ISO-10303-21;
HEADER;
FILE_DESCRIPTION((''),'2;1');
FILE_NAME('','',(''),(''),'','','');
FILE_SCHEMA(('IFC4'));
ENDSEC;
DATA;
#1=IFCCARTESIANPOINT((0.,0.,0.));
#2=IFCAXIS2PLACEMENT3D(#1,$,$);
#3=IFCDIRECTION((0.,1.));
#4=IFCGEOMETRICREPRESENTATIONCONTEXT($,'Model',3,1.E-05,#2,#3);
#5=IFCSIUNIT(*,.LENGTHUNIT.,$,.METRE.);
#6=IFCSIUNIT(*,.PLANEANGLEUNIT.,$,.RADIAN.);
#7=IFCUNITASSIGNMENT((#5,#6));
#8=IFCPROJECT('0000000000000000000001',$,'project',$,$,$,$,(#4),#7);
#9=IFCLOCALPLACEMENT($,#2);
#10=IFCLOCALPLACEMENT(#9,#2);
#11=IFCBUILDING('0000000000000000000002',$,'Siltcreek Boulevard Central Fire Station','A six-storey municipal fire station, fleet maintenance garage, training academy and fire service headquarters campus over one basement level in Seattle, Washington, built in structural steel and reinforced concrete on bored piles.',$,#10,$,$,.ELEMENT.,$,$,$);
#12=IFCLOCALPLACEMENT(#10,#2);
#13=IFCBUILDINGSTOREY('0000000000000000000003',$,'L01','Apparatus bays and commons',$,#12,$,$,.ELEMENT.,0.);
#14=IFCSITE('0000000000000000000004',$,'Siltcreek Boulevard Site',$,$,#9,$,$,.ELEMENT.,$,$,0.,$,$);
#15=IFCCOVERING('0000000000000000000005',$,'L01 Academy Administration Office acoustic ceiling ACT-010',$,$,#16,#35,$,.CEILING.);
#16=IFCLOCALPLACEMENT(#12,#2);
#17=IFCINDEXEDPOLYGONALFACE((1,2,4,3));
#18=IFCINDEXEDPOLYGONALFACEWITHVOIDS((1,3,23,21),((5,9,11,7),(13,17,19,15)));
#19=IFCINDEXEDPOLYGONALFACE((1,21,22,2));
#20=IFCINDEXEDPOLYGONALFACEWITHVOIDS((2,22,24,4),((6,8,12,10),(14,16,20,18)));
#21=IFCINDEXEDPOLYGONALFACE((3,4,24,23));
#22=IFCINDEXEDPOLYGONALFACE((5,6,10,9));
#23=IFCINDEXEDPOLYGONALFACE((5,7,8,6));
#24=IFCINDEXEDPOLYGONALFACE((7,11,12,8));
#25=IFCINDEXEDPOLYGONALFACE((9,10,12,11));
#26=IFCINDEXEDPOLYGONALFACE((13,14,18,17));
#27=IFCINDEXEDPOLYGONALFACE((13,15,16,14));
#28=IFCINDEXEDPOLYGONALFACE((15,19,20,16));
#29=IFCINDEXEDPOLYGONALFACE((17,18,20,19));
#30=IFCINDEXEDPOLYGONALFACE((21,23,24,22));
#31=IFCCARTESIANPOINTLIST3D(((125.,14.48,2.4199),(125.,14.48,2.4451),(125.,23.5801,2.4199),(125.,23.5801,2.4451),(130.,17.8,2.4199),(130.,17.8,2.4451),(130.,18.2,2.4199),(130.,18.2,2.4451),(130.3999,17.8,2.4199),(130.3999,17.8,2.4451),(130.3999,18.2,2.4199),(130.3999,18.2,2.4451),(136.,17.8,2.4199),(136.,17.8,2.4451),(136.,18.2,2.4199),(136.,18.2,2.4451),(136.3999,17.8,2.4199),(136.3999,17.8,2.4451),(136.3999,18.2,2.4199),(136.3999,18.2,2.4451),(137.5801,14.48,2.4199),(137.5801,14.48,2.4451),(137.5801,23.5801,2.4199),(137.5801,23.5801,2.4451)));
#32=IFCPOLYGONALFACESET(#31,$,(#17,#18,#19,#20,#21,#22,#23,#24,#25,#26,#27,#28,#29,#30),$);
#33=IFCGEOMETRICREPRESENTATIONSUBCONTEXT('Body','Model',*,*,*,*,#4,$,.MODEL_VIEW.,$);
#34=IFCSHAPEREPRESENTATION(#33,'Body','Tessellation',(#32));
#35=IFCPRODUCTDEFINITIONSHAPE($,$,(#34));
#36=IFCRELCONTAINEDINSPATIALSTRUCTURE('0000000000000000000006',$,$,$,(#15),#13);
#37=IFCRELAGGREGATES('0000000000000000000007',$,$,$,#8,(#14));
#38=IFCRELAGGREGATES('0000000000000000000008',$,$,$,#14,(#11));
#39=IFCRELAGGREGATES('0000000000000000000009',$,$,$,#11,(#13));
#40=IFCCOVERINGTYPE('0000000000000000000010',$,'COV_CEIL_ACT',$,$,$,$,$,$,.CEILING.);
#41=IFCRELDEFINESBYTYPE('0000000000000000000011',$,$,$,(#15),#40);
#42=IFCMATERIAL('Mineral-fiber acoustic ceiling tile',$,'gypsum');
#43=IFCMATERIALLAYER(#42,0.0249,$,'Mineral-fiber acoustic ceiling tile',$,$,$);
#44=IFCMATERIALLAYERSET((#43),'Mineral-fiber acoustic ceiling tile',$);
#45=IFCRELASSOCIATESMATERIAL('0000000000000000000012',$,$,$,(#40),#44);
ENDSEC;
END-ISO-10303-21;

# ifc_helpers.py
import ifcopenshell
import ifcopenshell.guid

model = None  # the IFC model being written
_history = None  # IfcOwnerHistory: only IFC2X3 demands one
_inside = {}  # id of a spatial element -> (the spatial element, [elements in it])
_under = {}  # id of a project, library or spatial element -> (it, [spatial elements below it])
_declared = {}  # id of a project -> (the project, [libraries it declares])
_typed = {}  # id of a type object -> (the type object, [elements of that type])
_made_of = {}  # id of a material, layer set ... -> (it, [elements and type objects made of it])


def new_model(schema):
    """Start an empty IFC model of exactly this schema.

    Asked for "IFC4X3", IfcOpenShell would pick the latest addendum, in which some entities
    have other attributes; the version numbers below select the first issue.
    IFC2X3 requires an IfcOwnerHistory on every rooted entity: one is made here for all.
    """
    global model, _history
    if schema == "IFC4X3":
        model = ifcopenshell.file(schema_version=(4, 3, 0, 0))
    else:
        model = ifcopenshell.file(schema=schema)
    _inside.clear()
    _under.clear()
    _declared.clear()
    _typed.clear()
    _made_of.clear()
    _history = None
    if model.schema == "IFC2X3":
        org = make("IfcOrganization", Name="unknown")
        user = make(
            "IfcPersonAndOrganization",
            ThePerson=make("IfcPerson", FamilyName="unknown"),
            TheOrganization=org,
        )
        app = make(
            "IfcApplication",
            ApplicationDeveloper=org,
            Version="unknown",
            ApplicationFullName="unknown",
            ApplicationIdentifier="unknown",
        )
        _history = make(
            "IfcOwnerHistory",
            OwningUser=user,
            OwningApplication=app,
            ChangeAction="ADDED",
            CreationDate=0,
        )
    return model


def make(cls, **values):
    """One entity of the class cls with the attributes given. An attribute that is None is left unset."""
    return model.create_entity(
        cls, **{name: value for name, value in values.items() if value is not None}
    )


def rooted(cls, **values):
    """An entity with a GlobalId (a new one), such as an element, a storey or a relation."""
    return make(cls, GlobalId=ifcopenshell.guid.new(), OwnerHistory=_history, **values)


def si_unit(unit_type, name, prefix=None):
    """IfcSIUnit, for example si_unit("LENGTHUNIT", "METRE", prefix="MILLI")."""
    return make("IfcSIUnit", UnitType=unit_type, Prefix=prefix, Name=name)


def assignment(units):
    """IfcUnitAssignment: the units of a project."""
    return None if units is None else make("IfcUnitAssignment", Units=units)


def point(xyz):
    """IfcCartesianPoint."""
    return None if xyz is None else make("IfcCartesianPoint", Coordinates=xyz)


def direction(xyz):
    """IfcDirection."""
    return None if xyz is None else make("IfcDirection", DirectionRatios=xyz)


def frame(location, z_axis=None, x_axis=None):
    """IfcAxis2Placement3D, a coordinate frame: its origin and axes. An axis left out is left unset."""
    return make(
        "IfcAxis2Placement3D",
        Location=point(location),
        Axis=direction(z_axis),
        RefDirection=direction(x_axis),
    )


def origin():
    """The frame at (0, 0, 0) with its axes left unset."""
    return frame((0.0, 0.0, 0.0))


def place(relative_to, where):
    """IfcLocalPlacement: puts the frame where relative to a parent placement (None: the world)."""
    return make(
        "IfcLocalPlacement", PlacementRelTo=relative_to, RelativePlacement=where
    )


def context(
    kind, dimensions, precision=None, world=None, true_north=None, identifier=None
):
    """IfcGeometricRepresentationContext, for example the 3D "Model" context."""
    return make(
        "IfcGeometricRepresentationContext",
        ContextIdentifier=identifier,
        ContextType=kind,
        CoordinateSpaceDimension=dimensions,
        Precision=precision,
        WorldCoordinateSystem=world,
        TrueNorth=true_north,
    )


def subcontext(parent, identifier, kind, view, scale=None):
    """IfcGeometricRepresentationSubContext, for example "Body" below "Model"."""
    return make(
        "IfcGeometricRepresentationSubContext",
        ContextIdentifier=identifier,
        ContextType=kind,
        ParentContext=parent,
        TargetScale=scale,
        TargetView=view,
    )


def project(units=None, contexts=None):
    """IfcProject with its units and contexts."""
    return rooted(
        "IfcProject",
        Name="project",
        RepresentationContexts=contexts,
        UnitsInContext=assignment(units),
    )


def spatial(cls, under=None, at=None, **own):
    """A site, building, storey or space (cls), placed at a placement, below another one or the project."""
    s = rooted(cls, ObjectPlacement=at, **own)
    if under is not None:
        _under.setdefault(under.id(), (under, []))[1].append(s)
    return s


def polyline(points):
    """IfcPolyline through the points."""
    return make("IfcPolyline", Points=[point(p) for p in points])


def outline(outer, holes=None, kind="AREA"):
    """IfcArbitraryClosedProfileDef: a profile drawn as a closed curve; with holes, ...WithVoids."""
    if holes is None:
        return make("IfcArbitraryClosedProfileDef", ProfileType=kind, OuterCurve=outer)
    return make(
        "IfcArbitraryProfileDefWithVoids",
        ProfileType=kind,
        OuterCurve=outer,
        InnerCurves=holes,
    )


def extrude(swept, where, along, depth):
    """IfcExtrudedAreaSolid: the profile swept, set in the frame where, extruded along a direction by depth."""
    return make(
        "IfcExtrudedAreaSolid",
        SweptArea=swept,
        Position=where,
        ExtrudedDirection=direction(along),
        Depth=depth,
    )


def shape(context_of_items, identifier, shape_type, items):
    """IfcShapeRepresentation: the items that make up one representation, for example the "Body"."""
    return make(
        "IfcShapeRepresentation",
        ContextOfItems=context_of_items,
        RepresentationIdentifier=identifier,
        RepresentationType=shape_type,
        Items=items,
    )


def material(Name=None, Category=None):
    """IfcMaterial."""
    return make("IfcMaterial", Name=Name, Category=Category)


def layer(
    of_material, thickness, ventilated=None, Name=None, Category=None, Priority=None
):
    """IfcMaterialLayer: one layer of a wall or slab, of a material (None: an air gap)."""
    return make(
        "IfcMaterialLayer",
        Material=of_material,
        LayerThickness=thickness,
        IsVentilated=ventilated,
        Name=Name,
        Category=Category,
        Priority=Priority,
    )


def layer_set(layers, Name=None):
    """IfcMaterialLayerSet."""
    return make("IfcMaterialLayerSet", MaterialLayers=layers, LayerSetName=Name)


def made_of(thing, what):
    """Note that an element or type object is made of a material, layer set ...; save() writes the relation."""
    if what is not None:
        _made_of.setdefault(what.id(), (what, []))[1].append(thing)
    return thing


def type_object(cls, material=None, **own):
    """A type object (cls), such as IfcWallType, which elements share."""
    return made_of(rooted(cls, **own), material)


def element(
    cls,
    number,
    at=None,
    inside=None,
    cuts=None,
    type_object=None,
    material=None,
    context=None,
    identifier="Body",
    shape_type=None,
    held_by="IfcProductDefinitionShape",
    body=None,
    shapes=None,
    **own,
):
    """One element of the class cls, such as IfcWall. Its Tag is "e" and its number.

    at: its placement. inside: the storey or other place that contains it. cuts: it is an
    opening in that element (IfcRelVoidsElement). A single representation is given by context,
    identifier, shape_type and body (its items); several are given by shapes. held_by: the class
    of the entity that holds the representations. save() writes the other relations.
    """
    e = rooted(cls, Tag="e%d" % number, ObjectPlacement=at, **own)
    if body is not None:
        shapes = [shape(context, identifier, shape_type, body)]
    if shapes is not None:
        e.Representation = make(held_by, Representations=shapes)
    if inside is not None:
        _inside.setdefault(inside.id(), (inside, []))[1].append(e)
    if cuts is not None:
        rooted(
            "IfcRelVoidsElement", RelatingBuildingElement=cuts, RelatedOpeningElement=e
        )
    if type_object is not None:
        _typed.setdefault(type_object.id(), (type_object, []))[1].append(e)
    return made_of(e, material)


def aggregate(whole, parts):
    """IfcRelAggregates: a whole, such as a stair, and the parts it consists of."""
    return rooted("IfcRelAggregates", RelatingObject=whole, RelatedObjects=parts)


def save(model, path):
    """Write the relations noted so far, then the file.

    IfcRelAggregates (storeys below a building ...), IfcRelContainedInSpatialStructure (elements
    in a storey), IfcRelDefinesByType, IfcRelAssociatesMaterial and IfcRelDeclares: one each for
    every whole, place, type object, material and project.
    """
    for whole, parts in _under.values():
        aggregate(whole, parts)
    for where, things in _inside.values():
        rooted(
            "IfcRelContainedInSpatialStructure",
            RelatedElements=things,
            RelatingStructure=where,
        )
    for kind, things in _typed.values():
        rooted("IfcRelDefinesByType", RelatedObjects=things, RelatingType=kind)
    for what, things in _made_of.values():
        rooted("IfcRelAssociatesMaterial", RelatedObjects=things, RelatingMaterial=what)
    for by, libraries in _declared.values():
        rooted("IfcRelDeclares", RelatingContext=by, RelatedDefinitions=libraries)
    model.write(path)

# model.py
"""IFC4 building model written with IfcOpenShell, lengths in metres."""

from ifc_helpers import new_model, si_unit, direction, frame, origin, place, context, subcontext, project, spatial, polyline, outline, extrude, material, layer, layer_set, type_object, element, save


model = new_model("IFC4")

# Units and contexts
model_context = context("Model", 3, precision=1e-05, world=origin(), true_north=direction((0.0, 1.0)))
body_context = subcontext(model_context, "Body", "Model", "MODEL_VIEW")
ifc_project = project(units=[si_unit("LENGTHUNIT", "METRE"), si_unit("PLANEANGLEUNIT", "RADIAN")], contexts=[model_context])

# Site, building, storey
site_placement = place(None, origin())
site = spatial("IfcSite", under=ifc_project, at=site_placement, Name="Siltcreek Boulevard Site", CompositionType="ELEMENT", RefElevation=0.0)
building_placement = place(site_placement, origin())
building = spatial("IfcBuilding", under=site, at=building_placement, Name="Siltcreek Boulevard Central Fire Station", Description="A six-storey municipal fire station, fleet maintenance garage, training academy and fire service headquarters campus over one basement level in Seattle, Washington, built in structural steel and reinforced concrete on bored piles.", CompositionType="ELEMENT")
storey_placement = place(building_placement, origin())
storey = spatial("IfcBuildingStorey", under=building, at=storey_placement, Name="L01", Description="Apparatus bays and commons", CompositionType="ELEMENT", Elevation=0.0)

# Covering
ifc_material_1 = material(Name="Mineral-fiber acoustic ceiling tile", Category="gypsum")
ifc_layer_1 = layer(ifc_material_1, 0.0249, Name="Mineral-fiber acoustic ceiling tile")
ifc_layer_set_1 = layer_set([ifc_layer_1], Name="Mineral-fiber acoustic ceiling tile")
covering_type = type_object("IfcCoveringType", Name="COV_CEIL_ACT", PredefinedType="CEILING", material=ifc_layer_set_1)
covering_1_placement = place(storey_placement, frame((0.0, 0.0, 2.4199)))
element("IfcCovering", 1, at=covering_1_placement, inside=storey, type_object=covering_type, Name="L01 Academy Administration Office acoustic ceiling ACT-010", PredefinedType="CEILING", context=body_context, shape_type="SweptSolid", body=[
    extrude(outline(polyline([(125.0, 14.48), (137.5801, 14.48), (137.5801, 23.5801), (125.0, 23.5801), (125.0, 14.48)]), holes=[polyline([(130.0, 17.8), (130.3999, 17.8), (130.3999, 18.2), (130.0, 18.2), (130.0, 17.8)]), polyline([(136.0, 17.8), (136.3999, 17.8), (136.3999, 18.2), (136.0, 18.2), (136.0, 17.8)])]), origin(), (0.0, 0.0, 1.0), 0.0251),
])

save(model, "model.ifc")
